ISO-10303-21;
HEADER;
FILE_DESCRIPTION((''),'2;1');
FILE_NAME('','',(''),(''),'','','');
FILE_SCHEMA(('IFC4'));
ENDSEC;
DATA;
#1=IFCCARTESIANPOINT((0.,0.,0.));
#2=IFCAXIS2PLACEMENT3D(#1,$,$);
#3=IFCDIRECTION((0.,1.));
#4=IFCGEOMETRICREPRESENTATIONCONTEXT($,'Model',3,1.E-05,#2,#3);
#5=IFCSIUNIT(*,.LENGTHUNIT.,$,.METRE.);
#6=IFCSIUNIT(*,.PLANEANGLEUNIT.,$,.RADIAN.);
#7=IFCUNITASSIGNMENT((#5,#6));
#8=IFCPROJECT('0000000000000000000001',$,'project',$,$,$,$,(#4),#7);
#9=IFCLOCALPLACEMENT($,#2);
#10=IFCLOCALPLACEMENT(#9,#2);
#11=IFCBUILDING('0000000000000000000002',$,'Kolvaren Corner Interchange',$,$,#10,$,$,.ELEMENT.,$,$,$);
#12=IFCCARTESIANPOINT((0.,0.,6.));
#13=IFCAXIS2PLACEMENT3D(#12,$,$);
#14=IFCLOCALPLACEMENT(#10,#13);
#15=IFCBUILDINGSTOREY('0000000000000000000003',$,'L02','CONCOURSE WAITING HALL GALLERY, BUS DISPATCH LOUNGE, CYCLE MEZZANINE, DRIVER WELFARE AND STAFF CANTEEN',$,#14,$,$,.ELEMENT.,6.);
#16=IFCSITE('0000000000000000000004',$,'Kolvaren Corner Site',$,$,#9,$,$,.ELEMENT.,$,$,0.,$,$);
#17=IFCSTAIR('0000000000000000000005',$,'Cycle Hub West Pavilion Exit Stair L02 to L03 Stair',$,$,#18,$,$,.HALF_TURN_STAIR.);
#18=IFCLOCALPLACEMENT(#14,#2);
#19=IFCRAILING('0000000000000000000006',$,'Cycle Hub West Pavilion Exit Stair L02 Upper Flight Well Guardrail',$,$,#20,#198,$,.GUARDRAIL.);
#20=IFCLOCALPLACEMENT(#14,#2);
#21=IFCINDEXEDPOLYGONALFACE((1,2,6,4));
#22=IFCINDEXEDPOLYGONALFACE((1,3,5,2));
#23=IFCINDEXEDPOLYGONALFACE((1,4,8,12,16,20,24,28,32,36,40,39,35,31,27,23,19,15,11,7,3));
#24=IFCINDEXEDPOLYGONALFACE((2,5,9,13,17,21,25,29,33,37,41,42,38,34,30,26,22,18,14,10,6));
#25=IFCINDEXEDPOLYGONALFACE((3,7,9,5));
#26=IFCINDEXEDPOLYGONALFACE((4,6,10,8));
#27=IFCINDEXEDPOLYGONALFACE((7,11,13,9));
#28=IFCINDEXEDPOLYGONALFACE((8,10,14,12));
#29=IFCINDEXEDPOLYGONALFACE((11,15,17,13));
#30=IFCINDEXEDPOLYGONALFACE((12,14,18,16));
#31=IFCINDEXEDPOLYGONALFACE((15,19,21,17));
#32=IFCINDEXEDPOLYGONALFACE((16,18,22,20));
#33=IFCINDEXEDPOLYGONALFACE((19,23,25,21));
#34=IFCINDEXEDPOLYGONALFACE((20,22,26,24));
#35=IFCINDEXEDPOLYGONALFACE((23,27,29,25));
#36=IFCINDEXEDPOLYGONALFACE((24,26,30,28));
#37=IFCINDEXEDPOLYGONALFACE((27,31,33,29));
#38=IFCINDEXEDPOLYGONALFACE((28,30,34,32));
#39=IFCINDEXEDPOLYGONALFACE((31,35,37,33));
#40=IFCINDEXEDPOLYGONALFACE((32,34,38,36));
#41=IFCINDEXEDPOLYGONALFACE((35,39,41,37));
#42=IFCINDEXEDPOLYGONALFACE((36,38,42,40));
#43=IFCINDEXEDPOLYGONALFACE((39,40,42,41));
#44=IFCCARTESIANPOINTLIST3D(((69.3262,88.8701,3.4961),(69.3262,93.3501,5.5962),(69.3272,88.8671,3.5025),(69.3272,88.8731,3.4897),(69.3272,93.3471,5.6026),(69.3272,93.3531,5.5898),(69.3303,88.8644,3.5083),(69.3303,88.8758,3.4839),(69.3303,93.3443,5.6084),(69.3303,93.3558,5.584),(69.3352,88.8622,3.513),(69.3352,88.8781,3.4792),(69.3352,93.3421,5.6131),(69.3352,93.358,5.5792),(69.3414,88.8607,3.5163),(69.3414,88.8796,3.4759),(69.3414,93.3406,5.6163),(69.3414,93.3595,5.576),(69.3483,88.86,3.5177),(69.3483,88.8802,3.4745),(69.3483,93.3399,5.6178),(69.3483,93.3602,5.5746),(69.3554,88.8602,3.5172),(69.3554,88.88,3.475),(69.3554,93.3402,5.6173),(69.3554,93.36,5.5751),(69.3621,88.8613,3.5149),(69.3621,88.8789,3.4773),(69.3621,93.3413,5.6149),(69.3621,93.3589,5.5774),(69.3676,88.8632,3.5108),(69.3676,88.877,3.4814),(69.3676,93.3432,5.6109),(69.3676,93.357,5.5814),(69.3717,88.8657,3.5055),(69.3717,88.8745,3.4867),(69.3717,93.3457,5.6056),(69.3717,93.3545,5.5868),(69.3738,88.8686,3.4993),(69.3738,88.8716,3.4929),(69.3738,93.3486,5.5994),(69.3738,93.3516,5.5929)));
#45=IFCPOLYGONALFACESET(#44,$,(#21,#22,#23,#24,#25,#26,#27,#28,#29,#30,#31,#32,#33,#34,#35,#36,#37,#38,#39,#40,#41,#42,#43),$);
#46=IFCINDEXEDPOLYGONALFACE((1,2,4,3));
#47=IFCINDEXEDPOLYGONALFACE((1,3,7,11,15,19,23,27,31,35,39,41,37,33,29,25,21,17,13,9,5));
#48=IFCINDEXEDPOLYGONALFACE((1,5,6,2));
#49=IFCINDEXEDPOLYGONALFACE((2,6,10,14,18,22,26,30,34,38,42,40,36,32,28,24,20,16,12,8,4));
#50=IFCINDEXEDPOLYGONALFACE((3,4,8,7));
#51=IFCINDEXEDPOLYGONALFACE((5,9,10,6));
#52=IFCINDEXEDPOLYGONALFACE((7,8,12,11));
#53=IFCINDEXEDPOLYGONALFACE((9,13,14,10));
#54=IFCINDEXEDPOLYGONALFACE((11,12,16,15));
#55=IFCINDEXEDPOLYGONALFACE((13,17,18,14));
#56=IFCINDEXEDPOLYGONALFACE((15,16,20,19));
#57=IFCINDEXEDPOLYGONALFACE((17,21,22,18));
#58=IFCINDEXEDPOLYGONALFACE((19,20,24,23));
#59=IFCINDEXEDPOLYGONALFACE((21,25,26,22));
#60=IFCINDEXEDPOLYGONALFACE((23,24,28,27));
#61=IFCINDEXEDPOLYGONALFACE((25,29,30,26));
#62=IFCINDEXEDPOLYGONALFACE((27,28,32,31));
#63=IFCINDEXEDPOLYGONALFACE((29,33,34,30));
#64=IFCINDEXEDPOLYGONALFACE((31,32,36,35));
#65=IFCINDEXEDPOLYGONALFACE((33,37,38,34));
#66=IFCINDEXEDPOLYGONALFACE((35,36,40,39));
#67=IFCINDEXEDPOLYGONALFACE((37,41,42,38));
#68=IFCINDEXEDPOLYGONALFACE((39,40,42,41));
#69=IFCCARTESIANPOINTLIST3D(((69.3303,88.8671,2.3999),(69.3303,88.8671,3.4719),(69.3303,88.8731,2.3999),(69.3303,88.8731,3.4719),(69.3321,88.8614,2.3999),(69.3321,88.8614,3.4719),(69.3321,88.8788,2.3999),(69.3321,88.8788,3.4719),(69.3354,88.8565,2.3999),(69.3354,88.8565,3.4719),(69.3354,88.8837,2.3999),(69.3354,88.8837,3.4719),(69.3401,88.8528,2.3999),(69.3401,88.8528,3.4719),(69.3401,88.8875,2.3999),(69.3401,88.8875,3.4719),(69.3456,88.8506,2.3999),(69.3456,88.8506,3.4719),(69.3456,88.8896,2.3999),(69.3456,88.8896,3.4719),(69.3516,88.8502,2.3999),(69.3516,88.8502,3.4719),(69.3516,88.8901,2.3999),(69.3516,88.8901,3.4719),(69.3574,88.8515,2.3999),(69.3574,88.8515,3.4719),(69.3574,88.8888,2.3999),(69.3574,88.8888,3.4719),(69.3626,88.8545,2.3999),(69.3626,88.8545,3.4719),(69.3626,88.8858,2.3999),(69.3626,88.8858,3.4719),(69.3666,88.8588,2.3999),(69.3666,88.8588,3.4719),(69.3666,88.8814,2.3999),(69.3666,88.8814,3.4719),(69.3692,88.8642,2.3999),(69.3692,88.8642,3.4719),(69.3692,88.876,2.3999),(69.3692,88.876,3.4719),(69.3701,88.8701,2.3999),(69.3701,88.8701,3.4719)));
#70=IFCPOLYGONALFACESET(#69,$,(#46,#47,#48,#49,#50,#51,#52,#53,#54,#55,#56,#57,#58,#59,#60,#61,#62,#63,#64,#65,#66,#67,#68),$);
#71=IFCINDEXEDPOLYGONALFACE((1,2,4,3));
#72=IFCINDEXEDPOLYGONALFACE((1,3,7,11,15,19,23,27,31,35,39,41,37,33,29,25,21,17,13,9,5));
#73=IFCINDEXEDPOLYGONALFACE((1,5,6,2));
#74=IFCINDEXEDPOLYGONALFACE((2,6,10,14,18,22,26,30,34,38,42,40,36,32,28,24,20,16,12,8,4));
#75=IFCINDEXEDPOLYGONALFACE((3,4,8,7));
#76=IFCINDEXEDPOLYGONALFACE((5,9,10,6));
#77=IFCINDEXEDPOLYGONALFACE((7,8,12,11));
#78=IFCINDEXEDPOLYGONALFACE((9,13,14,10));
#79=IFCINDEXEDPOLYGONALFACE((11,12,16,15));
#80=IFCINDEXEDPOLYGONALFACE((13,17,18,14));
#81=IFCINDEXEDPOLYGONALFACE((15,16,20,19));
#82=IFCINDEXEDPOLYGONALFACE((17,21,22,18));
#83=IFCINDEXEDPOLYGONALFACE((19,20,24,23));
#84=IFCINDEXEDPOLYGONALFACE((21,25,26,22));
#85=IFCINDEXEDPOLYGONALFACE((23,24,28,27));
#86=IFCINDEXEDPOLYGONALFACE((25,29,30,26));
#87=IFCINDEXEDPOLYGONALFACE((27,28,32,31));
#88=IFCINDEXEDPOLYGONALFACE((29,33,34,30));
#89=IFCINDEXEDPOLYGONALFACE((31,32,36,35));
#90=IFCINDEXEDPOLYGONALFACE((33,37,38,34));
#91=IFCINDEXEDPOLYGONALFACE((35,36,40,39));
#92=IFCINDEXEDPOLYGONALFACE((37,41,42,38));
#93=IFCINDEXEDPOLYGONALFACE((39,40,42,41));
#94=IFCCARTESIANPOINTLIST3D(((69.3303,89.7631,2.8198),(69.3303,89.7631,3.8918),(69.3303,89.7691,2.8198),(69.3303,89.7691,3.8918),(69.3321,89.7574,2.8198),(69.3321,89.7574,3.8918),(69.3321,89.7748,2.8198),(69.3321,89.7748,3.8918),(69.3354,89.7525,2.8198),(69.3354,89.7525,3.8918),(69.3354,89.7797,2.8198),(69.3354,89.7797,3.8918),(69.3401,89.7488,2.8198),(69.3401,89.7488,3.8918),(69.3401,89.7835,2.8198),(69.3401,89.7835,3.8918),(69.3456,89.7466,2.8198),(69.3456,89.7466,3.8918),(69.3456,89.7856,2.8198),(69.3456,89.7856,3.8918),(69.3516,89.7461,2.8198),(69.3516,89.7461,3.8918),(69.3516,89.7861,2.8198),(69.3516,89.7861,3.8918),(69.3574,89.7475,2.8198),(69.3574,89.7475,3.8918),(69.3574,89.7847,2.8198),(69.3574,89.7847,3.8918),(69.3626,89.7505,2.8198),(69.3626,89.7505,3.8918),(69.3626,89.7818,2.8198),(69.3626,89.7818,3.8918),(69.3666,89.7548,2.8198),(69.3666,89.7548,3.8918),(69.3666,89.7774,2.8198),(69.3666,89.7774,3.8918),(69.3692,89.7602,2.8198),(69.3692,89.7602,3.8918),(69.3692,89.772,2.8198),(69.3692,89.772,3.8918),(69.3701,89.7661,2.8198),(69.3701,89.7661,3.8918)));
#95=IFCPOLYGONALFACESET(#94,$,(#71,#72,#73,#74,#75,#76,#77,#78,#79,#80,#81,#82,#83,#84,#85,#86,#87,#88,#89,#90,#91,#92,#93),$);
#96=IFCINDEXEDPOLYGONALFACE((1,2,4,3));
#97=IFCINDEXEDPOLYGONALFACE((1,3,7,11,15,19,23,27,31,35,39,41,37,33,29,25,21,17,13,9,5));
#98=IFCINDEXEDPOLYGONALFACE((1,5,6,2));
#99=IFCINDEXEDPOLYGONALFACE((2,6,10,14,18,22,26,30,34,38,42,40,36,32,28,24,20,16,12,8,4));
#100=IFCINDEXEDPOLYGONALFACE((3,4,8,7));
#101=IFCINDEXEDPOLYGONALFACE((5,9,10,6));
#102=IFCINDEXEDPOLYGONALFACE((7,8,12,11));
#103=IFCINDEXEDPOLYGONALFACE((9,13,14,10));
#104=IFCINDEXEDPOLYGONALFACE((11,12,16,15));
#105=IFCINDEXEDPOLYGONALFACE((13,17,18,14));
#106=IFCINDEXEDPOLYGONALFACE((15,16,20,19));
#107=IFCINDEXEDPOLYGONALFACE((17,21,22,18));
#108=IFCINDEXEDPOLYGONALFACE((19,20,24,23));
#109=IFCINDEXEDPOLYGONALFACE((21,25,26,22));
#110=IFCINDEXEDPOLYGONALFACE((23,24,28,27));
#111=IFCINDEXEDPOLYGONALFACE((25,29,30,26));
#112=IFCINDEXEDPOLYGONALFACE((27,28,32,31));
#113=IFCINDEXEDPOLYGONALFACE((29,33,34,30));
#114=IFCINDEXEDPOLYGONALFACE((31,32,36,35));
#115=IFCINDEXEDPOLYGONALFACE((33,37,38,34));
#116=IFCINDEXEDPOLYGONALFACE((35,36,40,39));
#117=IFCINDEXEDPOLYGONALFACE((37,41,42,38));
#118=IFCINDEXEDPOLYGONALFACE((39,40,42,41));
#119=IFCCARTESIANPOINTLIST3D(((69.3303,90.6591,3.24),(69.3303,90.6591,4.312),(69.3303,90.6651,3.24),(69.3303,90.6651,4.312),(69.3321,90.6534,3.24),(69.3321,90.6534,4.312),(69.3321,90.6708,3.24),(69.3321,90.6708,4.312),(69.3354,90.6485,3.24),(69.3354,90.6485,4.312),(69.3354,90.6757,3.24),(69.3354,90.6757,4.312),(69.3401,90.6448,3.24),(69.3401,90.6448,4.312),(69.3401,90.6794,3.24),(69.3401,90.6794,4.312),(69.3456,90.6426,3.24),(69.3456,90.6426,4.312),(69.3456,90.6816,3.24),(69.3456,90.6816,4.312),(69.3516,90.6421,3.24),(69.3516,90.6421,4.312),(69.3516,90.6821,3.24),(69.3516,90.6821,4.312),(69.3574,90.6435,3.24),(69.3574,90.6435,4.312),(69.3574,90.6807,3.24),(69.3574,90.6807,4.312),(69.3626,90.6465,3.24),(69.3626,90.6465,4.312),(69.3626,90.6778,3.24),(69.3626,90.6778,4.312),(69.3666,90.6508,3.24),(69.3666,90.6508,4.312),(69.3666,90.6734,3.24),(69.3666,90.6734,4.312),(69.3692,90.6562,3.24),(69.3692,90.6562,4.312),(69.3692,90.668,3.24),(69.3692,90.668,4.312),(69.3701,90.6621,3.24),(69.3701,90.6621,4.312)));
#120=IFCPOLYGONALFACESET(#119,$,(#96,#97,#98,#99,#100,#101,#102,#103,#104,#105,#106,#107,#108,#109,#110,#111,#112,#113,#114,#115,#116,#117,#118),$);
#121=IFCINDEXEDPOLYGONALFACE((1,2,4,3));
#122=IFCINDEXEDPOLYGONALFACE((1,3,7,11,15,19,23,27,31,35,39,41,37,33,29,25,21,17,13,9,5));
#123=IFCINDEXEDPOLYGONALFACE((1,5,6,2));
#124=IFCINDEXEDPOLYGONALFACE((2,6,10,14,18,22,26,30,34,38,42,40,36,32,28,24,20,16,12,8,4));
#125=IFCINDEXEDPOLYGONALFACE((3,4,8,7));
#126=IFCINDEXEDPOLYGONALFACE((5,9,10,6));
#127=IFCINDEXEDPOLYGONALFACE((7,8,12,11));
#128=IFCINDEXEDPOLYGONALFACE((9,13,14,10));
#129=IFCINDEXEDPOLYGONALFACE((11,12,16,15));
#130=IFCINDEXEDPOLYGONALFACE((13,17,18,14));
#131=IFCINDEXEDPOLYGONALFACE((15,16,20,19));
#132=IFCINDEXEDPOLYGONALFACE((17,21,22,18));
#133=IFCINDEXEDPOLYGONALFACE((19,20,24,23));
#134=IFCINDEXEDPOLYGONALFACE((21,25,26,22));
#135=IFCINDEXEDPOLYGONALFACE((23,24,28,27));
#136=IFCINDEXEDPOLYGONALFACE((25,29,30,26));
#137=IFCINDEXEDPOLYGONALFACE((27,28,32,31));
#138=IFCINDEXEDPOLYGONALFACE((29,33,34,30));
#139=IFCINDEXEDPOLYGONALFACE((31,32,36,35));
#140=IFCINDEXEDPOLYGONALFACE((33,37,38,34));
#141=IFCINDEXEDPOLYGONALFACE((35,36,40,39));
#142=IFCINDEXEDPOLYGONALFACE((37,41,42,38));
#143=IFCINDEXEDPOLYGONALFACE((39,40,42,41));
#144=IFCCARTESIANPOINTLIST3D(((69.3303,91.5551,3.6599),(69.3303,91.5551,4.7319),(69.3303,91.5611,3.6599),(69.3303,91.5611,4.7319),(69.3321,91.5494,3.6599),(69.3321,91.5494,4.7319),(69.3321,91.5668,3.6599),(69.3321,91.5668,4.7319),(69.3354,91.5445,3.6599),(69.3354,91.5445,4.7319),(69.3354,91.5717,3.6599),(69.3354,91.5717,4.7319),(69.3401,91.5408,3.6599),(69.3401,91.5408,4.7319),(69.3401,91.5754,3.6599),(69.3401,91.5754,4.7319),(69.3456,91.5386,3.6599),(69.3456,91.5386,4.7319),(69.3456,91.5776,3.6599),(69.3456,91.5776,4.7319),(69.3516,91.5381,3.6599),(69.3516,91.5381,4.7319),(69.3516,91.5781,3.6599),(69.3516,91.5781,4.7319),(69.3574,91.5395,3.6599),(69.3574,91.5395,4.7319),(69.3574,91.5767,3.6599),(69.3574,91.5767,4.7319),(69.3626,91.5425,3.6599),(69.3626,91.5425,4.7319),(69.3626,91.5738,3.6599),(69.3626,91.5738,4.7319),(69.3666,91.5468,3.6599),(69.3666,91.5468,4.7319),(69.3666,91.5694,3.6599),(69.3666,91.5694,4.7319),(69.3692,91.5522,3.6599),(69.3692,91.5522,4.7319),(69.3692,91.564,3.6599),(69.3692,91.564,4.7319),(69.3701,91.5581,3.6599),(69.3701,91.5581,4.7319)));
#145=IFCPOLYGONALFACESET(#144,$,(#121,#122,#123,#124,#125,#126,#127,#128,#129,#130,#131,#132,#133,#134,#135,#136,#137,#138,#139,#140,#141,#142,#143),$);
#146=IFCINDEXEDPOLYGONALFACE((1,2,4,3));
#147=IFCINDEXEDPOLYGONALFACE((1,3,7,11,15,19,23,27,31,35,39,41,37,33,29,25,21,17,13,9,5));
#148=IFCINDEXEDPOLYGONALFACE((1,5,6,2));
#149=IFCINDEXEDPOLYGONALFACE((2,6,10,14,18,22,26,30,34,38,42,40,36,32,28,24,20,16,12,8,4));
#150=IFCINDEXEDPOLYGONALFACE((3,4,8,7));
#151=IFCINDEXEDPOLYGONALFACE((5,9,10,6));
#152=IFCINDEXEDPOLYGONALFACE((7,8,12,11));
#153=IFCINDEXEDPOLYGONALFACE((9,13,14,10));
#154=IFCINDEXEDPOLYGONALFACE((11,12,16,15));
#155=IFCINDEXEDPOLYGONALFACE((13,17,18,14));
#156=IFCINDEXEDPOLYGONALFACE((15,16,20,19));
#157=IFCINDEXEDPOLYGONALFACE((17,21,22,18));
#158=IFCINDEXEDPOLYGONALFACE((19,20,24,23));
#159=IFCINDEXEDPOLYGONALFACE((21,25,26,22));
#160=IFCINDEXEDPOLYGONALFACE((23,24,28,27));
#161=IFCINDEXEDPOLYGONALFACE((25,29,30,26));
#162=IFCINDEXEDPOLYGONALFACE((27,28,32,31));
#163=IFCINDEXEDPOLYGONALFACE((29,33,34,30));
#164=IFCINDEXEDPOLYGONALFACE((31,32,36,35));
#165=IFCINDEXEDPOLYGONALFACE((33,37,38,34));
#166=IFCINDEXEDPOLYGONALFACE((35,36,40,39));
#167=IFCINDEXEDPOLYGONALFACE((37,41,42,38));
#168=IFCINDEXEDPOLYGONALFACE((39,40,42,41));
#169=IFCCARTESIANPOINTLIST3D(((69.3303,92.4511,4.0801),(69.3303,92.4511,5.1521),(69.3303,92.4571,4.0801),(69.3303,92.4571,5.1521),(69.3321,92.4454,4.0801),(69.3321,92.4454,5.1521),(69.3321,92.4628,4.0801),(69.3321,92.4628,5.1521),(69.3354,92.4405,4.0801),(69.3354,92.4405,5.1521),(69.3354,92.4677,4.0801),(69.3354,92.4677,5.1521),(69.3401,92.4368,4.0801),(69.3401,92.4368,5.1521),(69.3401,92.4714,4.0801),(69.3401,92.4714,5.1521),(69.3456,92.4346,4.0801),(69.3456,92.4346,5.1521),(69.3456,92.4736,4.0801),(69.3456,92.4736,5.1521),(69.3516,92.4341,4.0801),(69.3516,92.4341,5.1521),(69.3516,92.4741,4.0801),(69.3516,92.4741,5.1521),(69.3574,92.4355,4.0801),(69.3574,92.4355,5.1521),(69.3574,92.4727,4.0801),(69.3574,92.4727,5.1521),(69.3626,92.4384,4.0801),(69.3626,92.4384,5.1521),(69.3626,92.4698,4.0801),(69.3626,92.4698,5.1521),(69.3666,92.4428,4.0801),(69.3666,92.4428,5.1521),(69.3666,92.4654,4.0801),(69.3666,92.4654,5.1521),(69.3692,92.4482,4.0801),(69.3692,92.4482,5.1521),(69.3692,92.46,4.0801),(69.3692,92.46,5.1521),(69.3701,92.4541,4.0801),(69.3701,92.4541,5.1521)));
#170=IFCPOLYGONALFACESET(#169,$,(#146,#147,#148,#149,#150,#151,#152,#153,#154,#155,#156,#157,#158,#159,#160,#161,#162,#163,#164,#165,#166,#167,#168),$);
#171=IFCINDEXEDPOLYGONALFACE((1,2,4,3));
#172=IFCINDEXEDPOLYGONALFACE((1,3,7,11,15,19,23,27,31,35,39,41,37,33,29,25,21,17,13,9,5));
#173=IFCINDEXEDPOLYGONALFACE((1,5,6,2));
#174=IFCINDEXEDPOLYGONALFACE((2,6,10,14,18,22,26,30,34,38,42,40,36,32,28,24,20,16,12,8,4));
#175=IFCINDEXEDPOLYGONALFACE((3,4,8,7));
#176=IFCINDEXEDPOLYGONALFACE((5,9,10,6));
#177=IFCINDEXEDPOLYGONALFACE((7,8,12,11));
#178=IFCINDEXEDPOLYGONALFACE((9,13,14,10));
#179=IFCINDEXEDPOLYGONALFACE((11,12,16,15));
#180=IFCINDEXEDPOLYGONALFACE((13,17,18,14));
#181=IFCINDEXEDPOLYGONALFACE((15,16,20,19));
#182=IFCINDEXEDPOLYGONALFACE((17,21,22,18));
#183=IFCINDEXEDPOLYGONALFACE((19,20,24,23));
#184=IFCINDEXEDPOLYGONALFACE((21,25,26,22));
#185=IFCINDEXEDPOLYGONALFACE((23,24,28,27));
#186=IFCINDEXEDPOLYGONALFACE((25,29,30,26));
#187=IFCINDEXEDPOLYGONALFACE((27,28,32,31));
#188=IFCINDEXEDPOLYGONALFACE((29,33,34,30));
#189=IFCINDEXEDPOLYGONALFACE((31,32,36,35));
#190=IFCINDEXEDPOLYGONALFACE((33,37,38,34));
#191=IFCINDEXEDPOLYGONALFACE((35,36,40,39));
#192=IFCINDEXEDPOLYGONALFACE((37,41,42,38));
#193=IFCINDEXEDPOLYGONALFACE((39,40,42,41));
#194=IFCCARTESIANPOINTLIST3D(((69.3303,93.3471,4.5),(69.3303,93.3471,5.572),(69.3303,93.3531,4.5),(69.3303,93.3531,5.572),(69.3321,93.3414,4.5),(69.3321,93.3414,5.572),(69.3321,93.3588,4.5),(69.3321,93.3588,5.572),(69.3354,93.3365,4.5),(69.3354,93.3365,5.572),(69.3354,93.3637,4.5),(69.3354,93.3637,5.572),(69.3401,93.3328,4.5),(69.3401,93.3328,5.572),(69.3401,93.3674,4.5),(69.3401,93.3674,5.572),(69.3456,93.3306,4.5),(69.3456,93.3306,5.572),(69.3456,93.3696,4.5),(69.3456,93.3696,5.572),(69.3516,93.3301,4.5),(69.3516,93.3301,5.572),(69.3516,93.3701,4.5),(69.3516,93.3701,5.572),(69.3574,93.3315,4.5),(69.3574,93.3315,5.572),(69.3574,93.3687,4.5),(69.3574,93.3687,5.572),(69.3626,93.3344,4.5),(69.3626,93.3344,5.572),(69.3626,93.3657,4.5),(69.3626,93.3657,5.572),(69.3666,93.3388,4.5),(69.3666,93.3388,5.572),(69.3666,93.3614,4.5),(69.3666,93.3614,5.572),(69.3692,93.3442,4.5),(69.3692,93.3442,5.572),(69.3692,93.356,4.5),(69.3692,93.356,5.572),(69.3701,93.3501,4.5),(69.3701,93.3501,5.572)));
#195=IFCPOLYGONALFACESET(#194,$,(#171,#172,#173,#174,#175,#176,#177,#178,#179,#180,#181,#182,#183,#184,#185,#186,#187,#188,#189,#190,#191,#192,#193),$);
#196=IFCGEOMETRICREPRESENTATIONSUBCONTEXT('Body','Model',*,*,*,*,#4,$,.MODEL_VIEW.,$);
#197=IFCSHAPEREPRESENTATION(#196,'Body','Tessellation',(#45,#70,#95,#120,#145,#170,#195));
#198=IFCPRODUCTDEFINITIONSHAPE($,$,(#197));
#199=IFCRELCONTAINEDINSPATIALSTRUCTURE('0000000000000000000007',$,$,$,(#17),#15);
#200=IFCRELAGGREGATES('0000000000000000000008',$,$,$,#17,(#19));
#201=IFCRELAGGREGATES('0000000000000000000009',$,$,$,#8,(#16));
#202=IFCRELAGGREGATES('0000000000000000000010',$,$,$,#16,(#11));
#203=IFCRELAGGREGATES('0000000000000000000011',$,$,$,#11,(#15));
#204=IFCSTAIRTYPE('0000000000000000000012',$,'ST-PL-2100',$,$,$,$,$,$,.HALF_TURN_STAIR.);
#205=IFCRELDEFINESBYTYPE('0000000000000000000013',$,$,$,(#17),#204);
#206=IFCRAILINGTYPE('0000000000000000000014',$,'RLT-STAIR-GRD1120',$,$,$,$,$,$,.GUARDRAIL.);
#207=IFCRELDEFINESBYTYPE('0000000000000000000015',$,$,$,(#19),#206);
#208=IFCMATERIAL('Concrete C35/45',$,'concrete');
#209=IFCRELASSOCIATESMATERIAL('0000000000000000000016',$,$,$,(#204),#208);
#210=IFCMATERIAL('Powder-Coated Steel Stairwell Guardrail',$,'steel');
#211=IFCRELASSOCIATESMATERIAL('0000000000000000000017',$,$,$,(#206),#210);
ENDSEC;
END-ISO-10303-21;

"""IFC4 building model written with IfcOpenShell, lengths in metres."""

from ifc_helpers import new_model, si_unit, direction, frame, origin, origin_2d, place, context, subcontext, project, spatial, circle, extrude, material, type_object, element, aggregate, save


model = new_model("IFC4")

# Units and contexts
model_context = context("Model", 3, precision=1e-05, world=origin(), true_north=direction((0.0, 1.0)))
body_context = subcontext(model_context, "Body", "Model", "MODEL_VIEW")
ifc_project = project(units=[si_unit("LENGTHUNIT", "METRE"), si_unit("PLANEANGLEUNIT", "RADIAN")], contexts=[model_context])

# Site, building, storey
site_placement = place(None, origin())
site = spatial("IfcSite", under=ifc_project, at=site_placement, Name="Kolvaren Corner Site", CompositionType="ELEMENT", RefElevation=0.0)
building_placement = place(site_placement, origin())
building = spatial("IfcBuilding", under=site, at=building_placement, Name="Kolvaren Corner Interchange", CompositionType="ELEMENT")
storey_placement = place(building_placement, frame((0.0, 0.0, 6.0)))
storey = spatial("IfcBuildingStorey", under=building, at=storey_placement, Name="L02", Description="CONCOURSE WAITING HALL GALLERY, BUS DISPATCH LOUNGE, CYCLE MEZZANINE, DRIVER WELFARE AND STAFF CANTEEN", CompositionType="ELEMENT", Elevation=6.0)

# Stair, railing
ifc_material_1 = material(Name="Concrete C35/45", Category="concrete")
stair_type = type_object("IfcStairType", Name="ST-PL-2100", PredefinedType="HALF_TURN_STAIR", material=ifc_material_1)
stair_placement = place(storey_placement, origin())
stair = element("IfcStair", 1, at=stair_placement, inside=storey, type_object=stair_type, Name="Cycle Hub West Pavilion Exit Stair L02 to L03 Stair", PredefinedType="HALF_TURN_STAIR")
ifc_material_2 = material(Name="Powder-Coated Steel Stairwell Guardrail", Category="steel")
railing_type_1 = type_object("IfcRailingType", Name="RLT-STAIR-GRD1120", PredefinedType="GUARDRAIL", material=ifc_material_2)
railing_1_placement = place(storey_placement, frame((69.3501, 88.8701, 2.3999)))
railing_1 = element("IfcRailing", 2, at=railing_1_placement, type_object=railing_type_1, Name="Cycle Hub West Pavilion Exit Stair L02 Upper Flight Well Guardrail", PredefinedType="GUARDRAIL", context=body_context, shape_type="SweptSolid", body=[
    extrude(circle(Radius=0.0239, at=origin_2d()), frame((0.0, 0.0, 1.0962), z_axis=(0.0, 0.905451, 0.424452), x_axis=(-1.0, 0.0, 0.0)), (0.0, 0.0, 1.0), 4.9478),
    extrude(circle(Radius=0.02, at=origin_2d()), origin(), (0.0, 0.0, 1.0), 1.072),
    extrude(circle(Radius=0.02, at=origin_2d()), frame((0.0, 0.896, 0.4199)), (0.0, 0.0, 1.0), 1.072),
    extrude(circle(Radius=0.02, at=origin_2d()), frame((0.0, 1.792, 0.8401)), (0.0, 0.0, 1.0), 1.072),
    extrude(circle(Radius=0.02, at=origin_2d()), frame((0.0, 2.688, 1.26)), (0.0, 0.0, 1.0), 1.072),
    extrude(circle(Radius=0.02, at=origin_2d()), frame((0.0, 3.584, 1.6802)), (0.0, 0.0, 1.0), 1.072),
    extrude(circle(Radius=0.02, at=origin_2d()), frame((0.0, 4.48, 2.1001)), (0.0, 0.0, 1.0), 1.072),
])
aggregate(stair, [railing_1])

save(model, "model.ifc")
